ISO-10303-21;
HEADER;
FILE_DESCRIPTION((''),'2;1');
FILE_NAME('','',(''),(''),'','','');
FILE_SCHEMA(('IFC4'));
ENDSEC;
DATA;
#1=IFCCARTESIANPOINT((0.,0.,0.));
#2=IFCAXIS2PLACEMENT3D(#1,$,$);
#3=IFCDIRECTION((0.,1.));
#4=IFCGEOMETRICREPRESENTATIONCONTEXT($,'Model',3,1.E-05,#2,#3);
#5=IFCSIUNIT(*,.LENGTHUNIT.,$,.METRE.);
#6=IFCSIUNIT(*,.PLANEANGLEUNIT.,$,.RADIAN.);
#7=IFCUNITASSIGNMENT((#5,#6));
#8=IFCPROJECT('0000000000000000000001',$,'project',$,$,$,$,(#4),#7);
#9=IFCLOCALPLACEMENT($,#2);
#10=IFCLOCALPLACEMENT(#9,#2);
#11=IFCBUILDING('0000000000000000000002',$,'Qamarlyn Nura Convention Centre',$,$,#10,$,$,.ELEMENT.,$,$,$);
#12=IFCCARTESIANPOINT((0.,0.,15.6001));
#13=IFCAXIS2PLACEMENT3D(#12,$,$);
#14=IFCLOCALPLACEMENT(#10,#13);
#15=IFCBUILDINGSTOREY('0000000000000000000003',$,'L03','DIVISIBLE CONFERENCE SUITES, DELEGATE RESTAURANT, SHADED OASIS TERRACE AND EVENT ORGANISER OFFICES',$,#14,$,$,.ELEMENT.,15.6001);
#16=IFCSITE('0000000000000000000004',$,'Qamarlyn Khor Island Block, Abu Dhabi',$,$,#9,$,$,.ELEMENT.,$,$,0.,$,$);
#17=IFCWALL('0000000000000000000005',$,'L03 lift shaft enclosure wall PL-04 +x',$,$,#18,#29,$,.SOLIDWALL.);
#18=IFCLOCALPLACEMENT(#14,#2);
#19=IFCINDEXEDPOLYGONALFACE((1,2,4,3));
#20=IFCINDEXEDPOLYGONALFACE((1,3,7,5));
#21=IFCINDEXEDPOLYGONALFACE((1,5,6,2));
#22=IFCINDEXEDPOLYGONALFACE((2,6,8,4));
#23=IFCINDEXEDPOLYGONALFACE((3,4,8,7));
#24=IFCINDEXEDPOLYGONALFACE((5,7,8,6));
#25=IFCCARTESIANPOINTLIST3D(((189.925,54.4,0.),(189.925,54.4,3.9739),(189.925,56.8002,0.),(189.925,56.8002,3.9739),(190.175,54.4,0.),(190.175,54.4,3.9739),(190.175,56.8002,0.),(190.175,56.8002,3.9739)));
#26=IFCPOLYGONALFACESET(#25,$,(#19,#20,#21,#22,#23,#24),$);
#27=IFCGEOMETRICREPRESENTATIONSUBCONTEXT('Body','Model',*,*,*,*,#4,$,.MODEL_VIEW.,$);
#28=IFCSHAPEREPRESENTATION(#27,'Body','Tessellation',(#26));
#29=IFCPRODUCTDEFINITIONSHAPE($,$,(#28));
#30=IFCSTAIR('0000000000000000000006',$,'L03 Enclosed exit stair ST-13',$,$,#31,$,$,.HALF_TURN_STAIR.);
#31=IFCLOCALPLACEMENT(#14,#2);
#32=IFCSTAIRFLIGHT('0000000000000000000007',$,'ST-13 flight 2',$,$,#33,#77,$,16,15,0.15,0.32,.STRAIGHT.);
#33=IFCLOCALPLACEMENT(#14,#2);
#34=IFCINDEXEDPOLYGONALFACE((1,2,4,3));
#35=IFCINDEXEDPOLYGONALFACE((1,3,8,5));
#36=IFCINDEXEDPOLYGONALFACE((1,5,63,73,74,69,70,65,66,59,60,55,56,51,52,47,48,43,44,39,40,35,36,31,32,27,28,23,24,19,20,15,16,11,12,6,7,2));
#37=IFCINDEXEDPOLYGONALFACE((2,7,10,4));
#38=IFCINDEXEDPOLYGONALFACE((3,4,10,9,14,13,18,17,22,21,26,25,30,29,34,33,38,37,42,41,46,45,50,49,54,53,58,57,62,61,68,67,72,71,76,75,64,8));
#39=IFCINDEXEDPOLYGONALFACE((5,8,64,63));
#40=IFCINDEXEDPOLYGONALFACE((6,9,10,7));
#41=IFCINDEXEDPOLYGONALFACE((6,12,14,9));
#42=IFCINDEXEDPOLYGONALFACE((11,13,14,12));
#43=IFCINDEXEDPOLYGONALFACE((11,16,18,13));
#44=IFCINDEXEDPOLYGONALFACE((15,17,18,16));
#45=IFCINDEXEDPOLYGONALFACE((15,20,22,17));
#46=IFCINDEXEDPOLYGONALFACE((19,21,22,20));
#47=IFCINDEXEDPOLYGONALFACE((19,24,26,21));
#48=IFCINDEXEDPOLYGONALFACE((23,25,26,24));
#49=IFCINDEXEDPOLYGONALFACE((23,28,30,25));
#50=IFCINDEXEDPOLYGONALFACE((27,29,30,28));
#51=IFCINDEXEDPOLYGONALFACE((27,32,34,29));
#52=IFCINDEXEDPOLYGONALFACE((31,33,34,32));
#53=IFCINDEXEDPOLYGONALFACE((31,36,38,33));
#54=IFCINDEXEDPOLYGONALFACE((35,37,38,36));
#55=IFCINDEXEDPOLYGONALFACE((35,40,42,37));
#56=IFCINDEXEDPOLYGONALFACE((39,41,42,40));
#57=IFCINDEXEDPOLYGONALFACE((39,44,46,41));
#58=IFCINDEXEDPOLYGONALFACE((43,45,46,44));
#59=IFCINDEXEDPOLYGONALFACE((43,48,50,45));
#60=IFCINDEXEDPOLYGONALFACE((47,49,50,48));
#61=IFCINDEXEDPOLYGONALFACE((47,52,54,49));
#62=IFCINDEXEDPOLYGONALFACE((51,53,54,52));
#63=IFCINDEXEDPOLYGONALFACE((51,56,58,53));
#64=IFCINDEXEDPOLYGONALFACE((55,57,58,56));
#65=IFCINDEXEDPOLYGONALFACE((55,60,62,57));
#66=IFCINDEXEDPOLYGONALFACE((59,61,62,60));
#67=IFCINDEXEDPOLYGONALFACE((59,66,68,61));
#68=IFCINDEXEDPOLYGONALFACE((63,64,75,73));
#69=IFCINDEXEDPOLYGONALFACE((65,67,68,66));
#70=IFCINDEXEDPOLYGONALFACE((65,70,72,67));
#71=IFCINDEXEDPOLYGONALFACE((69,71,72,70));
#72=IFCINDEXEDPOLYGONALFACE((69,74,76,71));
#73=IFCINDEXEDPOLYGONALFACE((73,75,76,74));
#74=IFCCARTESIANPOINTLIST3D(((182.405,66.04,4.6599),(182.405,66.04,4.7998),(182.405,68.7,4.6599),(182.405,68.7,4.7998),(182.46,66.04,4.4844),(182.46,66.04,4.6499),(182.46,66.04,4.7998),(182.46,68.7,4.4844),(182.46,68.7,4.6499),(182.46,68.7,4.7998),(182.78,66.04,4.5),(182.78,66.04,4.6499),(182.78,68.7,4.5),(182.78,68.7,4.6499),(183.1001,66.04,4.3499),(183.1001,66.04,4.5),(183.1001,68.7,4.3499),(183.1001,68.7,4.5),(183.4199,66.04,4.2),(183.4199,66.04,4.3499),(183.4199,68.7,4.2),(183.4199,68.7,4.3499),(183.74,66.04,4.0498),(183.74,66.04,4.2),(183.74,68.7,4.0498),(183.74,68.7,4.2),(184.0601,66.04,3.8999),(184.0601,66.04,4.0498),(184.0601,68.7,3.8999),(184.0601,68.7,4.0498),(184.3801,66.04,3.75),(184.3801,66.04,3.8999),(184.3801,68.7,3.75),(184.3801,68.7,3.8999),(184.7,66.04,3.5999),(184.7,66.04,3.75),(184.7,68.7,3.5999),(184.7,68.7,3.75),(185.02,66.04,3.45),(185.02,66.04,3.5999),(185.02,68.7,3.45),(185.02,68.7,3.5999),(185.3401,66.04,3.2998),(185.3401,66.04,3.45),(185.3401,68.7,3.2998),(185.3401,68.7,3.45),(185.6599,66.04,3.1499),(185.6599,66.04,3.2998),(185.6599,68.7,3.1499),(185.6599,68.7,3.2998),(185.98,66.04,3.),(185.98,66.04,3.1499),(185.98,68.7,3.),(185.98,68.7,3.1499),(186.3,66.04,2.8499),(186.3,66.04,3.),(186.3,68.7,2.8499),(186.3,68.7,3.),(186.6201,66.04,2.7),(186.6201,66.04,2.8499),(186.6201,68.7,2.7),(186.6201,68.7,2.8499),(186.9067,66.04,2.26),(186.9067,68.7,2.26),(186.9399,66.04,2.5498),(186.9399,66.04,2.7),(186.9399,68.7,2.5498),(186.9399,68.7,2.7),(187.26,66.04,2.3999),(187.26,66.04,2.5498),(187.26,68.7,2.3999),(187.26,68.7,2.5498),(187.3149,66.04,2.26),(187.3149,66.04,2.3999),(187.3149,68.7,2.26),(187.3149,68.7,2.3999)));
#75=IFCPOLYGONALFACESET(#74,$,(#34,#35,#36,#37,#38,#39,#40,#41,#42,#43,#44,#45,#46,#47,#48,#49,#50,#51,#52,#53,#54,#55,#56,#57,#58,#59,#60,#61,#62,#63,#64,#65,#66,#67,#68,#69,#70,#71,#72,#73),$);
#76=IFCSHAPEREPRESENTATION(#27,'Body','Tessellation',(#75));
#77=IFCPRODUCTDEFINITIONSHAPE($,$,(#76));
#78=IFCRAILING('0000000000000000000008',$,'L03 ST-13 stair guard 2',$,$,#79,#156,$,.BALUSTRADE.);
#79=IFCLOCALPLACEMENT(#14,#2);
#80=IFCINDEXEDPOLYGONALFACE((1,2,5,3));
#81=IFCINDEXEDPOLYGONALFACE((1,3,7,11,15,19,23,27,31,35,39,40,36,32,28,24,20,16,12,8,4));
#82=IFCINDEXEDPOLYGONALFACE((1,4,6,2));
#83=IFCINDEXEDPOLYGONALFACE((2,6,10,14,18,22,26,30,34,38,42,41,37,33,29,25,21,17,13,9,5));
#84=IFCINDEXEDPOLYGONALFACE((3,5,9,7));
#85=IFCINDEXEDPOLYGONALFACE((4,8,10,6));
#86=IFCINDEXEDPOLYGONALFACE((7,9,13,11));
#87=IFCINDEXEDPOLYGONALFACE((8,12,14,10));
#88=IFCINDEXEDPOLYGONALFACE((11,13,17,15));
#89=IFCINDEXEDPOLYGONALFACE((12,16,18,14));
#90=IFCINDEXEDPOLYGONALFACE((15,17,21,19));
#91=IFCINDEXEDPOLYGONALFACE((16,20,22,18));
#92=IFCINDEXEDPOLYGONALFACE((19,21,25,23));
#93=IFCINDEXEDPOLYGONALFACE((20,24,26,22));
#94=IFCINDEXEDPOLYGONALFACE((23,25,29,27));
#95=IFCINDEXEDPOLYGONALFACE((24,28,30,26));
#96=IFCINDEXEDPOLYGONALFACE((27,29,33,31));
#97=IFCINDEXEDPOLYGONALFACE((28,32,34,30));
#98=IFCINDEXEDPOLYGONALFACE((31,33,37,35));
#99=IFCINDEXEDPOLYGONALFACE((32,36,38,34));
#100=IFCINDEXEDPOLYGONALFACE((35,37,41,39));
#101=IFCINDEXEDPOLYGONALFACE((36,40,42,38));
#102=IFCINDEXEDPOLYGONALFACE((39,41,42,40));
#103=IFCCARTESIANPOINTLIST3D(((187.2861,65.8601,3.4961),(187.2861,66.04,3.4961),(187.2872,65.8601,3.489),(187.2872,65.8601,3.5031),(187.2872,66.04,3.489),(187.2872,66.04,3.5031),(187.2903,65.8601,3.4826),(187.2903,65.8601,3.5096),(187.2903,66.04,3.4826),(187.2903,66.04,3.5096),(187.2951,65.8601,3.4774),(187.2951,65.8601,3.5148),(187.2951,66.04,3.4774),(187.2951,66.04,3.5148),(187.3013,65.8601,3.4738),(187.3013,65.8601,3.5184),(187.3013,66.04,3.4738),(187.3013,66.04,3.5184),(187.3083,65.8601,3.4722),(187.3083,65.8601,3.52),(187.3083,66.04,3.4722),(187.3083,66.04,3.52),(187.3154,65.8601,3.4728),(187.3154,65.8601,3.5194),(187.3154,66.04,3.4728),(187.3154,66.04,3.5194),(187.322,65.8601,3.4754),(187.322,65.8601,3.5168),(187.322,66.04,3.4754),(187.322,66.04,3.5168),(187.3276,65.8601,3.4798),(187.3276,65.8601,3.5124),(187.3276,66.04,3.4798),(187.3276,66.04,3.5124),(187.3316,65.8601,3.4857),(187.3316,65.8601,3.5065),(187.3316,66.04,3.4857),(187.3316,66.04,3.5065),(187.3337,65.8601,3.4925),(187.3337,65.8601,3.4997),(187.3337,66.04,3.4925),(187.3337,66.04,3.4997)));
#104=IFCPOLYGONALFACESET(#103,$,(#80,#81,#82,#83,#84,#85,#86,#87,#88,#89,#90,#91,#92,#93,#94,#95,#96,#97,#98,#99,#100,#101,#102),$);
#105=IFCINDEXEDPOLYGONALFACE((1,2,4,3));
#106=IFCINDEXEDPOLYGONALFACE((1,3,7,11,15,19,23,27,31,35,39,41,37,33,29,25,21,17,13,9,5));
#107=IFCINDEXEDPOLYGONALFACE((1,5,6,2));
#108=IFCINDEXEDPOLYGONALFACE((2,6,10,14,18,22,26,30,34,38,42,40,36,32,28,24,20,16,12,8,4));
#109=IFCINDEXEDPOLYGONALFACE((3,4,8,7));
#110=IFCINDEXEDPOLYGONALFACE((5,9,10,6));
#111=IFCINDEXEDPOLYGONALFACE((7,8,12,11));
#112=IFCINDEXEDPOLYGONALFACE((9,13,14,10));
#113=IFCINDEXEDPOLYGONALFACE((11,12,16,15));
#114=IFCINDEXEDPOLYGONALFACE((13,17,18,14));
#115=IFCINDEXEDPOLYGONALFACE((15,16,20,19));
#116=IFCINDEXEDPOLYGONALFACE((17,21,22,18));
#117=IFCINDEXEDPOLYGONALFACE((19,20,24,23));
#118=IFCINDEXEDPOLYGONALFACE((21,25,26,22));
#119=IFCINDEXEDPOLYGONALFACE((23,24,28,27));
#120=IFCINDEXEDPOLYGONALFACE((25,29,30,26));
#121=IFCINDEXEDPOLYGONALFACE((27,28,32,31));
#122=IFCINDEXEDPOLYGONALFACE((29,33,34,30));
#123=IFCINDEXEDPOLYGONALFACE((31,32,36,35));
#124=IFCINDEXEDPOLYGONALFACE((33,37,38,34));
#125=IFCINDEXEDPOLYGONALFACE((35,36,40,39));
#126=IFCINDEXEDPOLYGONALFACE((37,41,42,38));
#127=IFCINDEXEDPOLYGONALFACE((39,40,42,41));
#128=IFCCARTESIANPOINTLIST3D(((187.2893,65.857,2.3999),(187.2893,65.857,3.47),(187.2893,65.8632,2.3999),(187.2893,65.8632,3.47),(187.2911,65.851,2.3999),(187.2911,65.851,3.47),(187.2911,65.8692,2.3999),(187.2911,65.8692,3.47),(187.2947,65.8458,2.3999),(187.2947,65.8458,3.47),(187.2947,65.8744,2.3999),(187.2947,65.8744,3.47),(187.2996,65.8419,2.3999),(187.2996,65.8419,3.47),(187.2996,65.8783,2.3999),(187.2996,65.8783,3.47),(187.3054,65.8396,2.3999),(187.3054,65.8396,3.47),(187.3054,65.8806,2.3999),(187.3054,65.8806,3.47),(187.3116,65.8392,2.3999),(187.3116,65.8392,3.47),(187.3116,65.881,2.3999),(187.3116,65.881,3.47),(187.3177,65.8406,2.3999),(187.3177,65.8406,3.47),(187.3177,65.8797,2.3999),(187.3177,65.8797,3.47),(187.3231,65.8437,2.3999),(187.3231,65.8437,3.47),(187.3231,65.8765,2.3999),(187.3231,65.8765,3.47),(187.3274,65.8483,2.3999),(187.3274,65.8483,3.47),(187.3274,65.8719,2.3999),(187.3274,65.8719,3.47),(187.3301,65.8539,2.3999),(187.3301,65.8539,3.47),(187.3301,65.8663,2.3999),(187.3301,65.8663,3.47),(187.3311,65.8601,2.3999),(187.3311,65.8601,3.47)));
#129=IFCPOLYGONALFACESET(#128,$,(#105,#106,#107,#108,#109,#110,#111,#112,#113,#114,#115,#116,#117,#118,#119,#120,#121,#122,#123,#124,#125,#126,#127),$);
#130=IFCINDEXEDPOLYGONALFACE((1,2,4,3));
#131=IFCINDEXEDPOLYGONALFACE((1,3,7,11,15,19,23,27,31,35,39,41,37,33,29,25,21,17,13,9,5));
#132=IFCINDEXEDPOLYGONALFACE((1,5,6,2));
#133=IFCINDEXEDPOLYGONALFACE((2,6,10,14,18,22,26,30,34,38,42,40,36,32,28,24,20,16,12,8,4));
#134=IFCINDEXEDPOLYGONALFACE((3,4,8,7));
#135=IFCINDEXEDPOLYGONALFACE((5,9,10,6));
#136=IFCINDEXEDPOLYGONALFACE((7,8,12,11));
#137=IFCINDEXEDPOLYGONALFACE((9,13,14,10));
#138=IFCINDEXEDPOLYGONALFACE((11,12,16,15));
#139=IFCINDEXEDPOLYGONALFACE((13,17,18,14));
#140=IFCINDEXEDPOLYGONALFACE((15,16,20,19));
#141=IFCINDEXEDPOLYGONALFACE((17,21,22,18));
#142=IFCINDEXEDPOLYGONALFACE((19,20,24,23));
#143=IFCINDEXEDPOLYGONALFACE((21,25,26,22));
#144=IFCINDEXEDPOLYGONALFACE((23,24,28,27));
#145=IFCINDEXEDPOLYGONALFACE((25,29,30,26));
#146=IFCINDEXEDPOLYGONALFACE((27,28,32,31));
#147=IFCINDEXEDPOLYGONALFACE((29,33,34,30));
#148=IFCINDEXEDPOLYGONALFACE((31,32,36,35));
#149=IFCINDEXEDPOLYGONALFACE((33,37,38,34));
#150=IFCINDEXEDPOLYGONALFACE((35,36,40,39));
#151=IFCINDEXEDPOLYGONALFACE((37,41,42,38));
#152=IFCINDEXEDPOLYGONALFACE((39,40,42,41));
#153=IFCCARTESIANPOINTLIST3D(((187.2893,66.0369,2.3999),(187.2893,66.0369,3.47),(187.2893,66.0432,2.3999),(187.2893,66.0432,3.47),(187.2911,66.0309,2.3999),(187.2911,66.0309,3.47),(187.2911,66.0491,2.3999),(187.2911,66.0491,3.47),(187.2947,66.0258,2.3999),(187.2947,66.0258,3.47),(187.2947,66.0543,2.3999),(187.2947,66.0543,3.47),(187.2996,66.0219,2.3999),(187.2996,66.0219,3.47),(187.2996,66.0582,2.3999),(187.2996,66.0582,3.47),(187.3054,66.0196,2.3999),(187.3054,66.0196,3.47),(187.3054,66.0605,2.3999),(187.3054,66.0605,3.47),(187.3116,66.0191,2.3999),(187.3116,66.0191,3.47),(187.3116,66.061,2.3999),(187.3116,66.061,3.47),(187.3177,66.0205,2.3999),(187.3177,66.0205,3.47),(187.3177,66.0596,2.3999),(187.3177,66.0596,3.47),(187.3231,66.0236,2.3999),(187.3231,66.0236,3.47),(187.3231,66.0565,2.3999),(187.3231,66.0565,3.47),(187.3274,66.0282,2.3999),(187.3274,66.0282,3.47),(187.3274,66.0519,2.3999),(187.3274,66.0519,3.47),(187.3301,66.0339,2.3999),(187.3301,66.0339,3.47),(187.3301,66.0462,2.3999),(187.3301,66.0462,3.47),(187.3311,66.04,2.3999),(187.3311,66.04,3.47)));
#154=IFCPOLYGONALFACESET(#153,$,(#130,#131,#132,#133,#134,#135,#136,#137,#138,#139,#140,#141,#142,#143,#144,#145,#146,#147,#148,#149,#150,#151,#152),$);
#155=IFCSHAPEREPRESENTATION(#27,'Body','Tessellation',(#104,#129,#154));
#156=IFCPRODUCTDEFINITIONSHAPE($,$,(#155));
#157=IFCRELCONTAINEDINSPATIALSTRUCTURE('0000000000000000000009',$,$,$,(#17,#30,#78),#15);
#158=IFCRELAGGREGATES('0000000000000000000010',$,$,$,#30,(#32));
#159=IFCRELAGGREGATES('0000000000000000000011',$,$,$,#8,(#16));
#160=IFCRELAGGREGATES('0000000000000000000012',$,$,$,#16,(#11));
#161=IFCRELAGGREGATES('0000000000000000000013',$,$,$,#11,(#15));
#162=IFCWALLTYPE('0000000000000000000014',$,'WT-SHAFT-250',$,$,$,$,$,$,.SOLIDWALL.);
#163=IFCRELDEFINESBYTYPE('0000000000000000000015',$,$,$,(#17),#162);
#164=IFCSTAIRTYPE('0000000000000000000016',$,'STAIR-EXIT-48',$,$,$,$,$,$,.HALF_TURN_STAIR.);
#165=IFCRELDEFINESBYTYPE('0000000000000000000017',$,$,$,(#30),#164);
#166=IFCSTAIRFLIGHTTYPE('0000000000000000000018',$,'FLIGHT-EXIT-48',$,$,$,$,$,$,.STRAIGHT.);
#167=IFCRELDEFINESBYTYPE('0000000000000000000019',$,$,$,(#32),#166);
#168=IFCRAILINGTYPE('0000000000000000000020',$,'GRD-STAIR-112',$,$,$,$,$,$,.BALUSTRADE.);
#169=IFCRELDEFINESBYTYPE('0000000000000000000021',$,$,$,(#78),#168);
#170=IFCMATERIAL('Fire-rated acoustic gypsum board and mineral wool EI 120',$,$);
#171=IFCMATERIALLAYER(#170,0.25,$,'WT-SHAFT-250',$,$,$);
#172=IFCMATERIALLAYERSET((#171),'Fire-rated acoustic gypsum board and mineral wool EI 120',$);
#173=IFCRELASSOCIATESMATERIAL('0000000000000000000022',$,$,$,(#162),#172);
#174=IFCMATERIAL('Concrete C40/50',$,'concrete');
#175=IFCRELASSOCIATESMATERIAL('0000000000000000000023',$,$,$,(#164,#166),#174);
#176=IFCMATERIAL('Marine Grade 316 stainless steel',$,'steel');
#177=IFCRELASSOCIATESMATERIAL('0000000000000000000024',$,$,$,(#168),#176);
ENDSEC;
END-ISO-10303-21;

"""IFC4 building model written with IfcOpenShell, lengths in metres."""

from ifc_helpers import new_model, si_unit, direction, frame, frame_2d, origin, origin_2d, place, context, subcontext, project, spatial, polyline, rectangle, circle, outline, extrude, material, layer, layer_set, type_object, element, aggregate, save


model = new_model("IFC4")

# Units and contexts
model_context = context("Model", 3, precision=1e-05, world=origin(), true_north=direction((0.0, 1.0)))
body_context = subcontext(model_context, "Body", "Model", "MODEL_VIEW")
ifc_project = project(units=[si_unit("LENGTHUNIT", "METRE"), si_unit("PLANEANGLEUNIT", "RADIAN")], contexts=[model_context])

# Site, building, storey
site_placement = place(None, origin())
site = spatial("IfcSite", under=ifc_project, at=site_placement, Name="Qamarlyn Khor Island Block, Abu Dhabi", CompositionType="ELEMENT", RefElevation=0.0)
building_placement = place(site_placement, origin())
building = spatial("IfcBuilding", under=site, at=building_placement, Name="Qamarlyn Nura Convention Centre", CompositionType="ELEMENT")
storey_placement = place(building_placement, frame((0.0, 0.0, 15.6001)))
storey = spatial("IfcBuildingStorey", under=building, at=storey_placement, Name="L03", Description="DIVISIBLE CONFERENCE SUITES, DELEGATE RESTAURANT, SHADED OASIS TERRACE AND EVENT ORGANISER OFFICES", CompositionType="ELEMENT", Elevation=15.6001)

# Shared definitions
ifc_material_1 = material(Name="Concrete C40/50", Category="concrete")

# Shared definitions
ifc_material_2 = material(Name="Fire-rated acoustic gypsum board and mineral wool EI 120")
ifc_layer_1 = layer(ifc_material_2, 0.25, Name="WT-SHAFT-250")
ifc_layer_set_1 = layer_set([ifc_layer_1], Name="Fire-rated acoustic gypsum board and mineral wool EI 120")
wall_type_1 = type_object("IfcWallType", Name="WT-SHAFT-250", PredefinedType="SOLIDWALL", material=ifc_layer_set_1)
ifc_material_3 = material(Name="Marine Grade 316 stainless steel", Category="steel")

# Wall
for number, where, z_axis, x_axis, name in (
    (1, (190.05, 54.3999, 0.0), (0.0, 0.0, 1.0), (0.0, 1.0, 0.0), "L03 lift shaft enclosure wall PL-04 +x"),
):
    element("IfcWall", number, at=place(storey_placement, frame(where, z_axis=z_axis, x_axis=x_axis)), inside=storey, type_object=wall_type_1, Name=name, PredefinedType="SOLIDWALL", context=body_context, shape_type="SweptSolid", body=[
        extrude(rectangle(XDim=2.4001, YDim=0.25, at=frame_2d((1.2002, 0.0))), origin(), (0.0, 0.0, 1.0), 3.9739),
    ])

# Stair, stair flight
stair_type = type_object("IfcStairType", Name="STAIR-EXIT-48", PredefinedType="HALF_TURN_STAIR", material=ifc_material_1)
stair_placement = place(storey_placement, origin())
stair = element("IfcStair", 2, at=stair_placement, inside=storey, type_object=stair_type, Name="L03 Enclosed exit stair ST-13", PredefinedType="HALF_TURN_STAIR")
stair_flight_type = type_object("IfcStairFlightType", Name="FLIGHT-EXIT-48", PredefinedType="STRAIGHT", material=ifc_material_1)
stair_flight_placement = place(storey_placement, frame((187.26, 67.3701, 2.3999), z_axis=(0.0, 0.0, 1.0), x_axis=(-1.0, 0.0, 0.0)))
stair_flight = element("IfcStairFlight", 3, at=stair_flight_placement, type_object=stair_flight_type, Name="ST-13 flight 2", NumberOfRisers=16, NumberOfTreads=15, PredefinedType="STRAIGHT", RiserHeight=0.15, TreadLength=0.32, context=body_context, shape_type="SweptSolid", body=[
    extrude(outline(polyline([(-0.0549, 0.0), (0.0, 0.0), (0.0, 0.1499), (0.3201, 0.1499), (0.3201, 0.3), (0.6399, 0.3), (0.6399, 0.45), (0.96, 0.45), (0.96, 0.6001), (1.28, 0.6001), (1.28, 0.75), (1.6001, 0.75), (1.6001, 0.8999), (1.9199, 0.8999), (1.9199, 1.05), (2.24, 1.05), (2.24, 1.2), (2.5601, 1.2), (2.5601, 1.3501), (2.8799, 1.3501), (2.8799, 1.5), (3.2, 1.5), (3.2, 1.6499), (3.52, 1.6499), (3.52, 1.8), (3.8401, 1.8), (3.8401, 1.95), (4.1599, 1.95), (4.1599, 2.1001), (4.48, 2.1001), (4.48, 2.25), (4.8, 2.25), (4.8, 2.3999), (4.855, 2.3999), (4.855, 2.26), (4.8, 2.0845), (0.3533, -0.1399), (-0.0549, -0.1399), (-0.0549, 0.0)])), frame((0.0, 1.3301, 0.0), z_axis=(0.0, -1.0, 0.0), x_axis=(1.0, 0.0, 0.0)), (0.0, 0.0, 1.0), 2.6599),
])
aggregate(stair, [stair_flight])

# Railing
railing_type = type_object("IfcRailingType", Name="GRD-STAIR-112", PredefinedType="BALUSTRADE", material=ifc_material_3)
railing_1_placement = place(storey_placement, frame((187.3101, 65.8601, 2.3999)))
element("IfcRailing", 4, at=railing_1_placement, inside=storey, type_object=railing_type, Name="L03 ST-13 stair guard 2", PredefinedType="BALUSTRADE", context=body_context, shape_type="SweptSolid", body=[
    extrude(circle(Radius=0.0239, at=origin_2d()), frame((0.0, 0.0, 1.0962), z_axis=(0.0, 1.0, 0.0), x_axis=(-1.0, 0.0, 0.0)), (0.0, 0.0, 1.0), 0.1799),
    extrude(circle(Radius=0.021, at=origin_2d()), origin(), (0.0, 0.0, 1.0), 1.0701),
    extrude(circle(Radius=0.021, at=origin_2d()), frame((0.0, 0.1799, 0.0)), (0.0, 0.0, 1.0), 1.0701),
])

save(model, "model.ifc")
